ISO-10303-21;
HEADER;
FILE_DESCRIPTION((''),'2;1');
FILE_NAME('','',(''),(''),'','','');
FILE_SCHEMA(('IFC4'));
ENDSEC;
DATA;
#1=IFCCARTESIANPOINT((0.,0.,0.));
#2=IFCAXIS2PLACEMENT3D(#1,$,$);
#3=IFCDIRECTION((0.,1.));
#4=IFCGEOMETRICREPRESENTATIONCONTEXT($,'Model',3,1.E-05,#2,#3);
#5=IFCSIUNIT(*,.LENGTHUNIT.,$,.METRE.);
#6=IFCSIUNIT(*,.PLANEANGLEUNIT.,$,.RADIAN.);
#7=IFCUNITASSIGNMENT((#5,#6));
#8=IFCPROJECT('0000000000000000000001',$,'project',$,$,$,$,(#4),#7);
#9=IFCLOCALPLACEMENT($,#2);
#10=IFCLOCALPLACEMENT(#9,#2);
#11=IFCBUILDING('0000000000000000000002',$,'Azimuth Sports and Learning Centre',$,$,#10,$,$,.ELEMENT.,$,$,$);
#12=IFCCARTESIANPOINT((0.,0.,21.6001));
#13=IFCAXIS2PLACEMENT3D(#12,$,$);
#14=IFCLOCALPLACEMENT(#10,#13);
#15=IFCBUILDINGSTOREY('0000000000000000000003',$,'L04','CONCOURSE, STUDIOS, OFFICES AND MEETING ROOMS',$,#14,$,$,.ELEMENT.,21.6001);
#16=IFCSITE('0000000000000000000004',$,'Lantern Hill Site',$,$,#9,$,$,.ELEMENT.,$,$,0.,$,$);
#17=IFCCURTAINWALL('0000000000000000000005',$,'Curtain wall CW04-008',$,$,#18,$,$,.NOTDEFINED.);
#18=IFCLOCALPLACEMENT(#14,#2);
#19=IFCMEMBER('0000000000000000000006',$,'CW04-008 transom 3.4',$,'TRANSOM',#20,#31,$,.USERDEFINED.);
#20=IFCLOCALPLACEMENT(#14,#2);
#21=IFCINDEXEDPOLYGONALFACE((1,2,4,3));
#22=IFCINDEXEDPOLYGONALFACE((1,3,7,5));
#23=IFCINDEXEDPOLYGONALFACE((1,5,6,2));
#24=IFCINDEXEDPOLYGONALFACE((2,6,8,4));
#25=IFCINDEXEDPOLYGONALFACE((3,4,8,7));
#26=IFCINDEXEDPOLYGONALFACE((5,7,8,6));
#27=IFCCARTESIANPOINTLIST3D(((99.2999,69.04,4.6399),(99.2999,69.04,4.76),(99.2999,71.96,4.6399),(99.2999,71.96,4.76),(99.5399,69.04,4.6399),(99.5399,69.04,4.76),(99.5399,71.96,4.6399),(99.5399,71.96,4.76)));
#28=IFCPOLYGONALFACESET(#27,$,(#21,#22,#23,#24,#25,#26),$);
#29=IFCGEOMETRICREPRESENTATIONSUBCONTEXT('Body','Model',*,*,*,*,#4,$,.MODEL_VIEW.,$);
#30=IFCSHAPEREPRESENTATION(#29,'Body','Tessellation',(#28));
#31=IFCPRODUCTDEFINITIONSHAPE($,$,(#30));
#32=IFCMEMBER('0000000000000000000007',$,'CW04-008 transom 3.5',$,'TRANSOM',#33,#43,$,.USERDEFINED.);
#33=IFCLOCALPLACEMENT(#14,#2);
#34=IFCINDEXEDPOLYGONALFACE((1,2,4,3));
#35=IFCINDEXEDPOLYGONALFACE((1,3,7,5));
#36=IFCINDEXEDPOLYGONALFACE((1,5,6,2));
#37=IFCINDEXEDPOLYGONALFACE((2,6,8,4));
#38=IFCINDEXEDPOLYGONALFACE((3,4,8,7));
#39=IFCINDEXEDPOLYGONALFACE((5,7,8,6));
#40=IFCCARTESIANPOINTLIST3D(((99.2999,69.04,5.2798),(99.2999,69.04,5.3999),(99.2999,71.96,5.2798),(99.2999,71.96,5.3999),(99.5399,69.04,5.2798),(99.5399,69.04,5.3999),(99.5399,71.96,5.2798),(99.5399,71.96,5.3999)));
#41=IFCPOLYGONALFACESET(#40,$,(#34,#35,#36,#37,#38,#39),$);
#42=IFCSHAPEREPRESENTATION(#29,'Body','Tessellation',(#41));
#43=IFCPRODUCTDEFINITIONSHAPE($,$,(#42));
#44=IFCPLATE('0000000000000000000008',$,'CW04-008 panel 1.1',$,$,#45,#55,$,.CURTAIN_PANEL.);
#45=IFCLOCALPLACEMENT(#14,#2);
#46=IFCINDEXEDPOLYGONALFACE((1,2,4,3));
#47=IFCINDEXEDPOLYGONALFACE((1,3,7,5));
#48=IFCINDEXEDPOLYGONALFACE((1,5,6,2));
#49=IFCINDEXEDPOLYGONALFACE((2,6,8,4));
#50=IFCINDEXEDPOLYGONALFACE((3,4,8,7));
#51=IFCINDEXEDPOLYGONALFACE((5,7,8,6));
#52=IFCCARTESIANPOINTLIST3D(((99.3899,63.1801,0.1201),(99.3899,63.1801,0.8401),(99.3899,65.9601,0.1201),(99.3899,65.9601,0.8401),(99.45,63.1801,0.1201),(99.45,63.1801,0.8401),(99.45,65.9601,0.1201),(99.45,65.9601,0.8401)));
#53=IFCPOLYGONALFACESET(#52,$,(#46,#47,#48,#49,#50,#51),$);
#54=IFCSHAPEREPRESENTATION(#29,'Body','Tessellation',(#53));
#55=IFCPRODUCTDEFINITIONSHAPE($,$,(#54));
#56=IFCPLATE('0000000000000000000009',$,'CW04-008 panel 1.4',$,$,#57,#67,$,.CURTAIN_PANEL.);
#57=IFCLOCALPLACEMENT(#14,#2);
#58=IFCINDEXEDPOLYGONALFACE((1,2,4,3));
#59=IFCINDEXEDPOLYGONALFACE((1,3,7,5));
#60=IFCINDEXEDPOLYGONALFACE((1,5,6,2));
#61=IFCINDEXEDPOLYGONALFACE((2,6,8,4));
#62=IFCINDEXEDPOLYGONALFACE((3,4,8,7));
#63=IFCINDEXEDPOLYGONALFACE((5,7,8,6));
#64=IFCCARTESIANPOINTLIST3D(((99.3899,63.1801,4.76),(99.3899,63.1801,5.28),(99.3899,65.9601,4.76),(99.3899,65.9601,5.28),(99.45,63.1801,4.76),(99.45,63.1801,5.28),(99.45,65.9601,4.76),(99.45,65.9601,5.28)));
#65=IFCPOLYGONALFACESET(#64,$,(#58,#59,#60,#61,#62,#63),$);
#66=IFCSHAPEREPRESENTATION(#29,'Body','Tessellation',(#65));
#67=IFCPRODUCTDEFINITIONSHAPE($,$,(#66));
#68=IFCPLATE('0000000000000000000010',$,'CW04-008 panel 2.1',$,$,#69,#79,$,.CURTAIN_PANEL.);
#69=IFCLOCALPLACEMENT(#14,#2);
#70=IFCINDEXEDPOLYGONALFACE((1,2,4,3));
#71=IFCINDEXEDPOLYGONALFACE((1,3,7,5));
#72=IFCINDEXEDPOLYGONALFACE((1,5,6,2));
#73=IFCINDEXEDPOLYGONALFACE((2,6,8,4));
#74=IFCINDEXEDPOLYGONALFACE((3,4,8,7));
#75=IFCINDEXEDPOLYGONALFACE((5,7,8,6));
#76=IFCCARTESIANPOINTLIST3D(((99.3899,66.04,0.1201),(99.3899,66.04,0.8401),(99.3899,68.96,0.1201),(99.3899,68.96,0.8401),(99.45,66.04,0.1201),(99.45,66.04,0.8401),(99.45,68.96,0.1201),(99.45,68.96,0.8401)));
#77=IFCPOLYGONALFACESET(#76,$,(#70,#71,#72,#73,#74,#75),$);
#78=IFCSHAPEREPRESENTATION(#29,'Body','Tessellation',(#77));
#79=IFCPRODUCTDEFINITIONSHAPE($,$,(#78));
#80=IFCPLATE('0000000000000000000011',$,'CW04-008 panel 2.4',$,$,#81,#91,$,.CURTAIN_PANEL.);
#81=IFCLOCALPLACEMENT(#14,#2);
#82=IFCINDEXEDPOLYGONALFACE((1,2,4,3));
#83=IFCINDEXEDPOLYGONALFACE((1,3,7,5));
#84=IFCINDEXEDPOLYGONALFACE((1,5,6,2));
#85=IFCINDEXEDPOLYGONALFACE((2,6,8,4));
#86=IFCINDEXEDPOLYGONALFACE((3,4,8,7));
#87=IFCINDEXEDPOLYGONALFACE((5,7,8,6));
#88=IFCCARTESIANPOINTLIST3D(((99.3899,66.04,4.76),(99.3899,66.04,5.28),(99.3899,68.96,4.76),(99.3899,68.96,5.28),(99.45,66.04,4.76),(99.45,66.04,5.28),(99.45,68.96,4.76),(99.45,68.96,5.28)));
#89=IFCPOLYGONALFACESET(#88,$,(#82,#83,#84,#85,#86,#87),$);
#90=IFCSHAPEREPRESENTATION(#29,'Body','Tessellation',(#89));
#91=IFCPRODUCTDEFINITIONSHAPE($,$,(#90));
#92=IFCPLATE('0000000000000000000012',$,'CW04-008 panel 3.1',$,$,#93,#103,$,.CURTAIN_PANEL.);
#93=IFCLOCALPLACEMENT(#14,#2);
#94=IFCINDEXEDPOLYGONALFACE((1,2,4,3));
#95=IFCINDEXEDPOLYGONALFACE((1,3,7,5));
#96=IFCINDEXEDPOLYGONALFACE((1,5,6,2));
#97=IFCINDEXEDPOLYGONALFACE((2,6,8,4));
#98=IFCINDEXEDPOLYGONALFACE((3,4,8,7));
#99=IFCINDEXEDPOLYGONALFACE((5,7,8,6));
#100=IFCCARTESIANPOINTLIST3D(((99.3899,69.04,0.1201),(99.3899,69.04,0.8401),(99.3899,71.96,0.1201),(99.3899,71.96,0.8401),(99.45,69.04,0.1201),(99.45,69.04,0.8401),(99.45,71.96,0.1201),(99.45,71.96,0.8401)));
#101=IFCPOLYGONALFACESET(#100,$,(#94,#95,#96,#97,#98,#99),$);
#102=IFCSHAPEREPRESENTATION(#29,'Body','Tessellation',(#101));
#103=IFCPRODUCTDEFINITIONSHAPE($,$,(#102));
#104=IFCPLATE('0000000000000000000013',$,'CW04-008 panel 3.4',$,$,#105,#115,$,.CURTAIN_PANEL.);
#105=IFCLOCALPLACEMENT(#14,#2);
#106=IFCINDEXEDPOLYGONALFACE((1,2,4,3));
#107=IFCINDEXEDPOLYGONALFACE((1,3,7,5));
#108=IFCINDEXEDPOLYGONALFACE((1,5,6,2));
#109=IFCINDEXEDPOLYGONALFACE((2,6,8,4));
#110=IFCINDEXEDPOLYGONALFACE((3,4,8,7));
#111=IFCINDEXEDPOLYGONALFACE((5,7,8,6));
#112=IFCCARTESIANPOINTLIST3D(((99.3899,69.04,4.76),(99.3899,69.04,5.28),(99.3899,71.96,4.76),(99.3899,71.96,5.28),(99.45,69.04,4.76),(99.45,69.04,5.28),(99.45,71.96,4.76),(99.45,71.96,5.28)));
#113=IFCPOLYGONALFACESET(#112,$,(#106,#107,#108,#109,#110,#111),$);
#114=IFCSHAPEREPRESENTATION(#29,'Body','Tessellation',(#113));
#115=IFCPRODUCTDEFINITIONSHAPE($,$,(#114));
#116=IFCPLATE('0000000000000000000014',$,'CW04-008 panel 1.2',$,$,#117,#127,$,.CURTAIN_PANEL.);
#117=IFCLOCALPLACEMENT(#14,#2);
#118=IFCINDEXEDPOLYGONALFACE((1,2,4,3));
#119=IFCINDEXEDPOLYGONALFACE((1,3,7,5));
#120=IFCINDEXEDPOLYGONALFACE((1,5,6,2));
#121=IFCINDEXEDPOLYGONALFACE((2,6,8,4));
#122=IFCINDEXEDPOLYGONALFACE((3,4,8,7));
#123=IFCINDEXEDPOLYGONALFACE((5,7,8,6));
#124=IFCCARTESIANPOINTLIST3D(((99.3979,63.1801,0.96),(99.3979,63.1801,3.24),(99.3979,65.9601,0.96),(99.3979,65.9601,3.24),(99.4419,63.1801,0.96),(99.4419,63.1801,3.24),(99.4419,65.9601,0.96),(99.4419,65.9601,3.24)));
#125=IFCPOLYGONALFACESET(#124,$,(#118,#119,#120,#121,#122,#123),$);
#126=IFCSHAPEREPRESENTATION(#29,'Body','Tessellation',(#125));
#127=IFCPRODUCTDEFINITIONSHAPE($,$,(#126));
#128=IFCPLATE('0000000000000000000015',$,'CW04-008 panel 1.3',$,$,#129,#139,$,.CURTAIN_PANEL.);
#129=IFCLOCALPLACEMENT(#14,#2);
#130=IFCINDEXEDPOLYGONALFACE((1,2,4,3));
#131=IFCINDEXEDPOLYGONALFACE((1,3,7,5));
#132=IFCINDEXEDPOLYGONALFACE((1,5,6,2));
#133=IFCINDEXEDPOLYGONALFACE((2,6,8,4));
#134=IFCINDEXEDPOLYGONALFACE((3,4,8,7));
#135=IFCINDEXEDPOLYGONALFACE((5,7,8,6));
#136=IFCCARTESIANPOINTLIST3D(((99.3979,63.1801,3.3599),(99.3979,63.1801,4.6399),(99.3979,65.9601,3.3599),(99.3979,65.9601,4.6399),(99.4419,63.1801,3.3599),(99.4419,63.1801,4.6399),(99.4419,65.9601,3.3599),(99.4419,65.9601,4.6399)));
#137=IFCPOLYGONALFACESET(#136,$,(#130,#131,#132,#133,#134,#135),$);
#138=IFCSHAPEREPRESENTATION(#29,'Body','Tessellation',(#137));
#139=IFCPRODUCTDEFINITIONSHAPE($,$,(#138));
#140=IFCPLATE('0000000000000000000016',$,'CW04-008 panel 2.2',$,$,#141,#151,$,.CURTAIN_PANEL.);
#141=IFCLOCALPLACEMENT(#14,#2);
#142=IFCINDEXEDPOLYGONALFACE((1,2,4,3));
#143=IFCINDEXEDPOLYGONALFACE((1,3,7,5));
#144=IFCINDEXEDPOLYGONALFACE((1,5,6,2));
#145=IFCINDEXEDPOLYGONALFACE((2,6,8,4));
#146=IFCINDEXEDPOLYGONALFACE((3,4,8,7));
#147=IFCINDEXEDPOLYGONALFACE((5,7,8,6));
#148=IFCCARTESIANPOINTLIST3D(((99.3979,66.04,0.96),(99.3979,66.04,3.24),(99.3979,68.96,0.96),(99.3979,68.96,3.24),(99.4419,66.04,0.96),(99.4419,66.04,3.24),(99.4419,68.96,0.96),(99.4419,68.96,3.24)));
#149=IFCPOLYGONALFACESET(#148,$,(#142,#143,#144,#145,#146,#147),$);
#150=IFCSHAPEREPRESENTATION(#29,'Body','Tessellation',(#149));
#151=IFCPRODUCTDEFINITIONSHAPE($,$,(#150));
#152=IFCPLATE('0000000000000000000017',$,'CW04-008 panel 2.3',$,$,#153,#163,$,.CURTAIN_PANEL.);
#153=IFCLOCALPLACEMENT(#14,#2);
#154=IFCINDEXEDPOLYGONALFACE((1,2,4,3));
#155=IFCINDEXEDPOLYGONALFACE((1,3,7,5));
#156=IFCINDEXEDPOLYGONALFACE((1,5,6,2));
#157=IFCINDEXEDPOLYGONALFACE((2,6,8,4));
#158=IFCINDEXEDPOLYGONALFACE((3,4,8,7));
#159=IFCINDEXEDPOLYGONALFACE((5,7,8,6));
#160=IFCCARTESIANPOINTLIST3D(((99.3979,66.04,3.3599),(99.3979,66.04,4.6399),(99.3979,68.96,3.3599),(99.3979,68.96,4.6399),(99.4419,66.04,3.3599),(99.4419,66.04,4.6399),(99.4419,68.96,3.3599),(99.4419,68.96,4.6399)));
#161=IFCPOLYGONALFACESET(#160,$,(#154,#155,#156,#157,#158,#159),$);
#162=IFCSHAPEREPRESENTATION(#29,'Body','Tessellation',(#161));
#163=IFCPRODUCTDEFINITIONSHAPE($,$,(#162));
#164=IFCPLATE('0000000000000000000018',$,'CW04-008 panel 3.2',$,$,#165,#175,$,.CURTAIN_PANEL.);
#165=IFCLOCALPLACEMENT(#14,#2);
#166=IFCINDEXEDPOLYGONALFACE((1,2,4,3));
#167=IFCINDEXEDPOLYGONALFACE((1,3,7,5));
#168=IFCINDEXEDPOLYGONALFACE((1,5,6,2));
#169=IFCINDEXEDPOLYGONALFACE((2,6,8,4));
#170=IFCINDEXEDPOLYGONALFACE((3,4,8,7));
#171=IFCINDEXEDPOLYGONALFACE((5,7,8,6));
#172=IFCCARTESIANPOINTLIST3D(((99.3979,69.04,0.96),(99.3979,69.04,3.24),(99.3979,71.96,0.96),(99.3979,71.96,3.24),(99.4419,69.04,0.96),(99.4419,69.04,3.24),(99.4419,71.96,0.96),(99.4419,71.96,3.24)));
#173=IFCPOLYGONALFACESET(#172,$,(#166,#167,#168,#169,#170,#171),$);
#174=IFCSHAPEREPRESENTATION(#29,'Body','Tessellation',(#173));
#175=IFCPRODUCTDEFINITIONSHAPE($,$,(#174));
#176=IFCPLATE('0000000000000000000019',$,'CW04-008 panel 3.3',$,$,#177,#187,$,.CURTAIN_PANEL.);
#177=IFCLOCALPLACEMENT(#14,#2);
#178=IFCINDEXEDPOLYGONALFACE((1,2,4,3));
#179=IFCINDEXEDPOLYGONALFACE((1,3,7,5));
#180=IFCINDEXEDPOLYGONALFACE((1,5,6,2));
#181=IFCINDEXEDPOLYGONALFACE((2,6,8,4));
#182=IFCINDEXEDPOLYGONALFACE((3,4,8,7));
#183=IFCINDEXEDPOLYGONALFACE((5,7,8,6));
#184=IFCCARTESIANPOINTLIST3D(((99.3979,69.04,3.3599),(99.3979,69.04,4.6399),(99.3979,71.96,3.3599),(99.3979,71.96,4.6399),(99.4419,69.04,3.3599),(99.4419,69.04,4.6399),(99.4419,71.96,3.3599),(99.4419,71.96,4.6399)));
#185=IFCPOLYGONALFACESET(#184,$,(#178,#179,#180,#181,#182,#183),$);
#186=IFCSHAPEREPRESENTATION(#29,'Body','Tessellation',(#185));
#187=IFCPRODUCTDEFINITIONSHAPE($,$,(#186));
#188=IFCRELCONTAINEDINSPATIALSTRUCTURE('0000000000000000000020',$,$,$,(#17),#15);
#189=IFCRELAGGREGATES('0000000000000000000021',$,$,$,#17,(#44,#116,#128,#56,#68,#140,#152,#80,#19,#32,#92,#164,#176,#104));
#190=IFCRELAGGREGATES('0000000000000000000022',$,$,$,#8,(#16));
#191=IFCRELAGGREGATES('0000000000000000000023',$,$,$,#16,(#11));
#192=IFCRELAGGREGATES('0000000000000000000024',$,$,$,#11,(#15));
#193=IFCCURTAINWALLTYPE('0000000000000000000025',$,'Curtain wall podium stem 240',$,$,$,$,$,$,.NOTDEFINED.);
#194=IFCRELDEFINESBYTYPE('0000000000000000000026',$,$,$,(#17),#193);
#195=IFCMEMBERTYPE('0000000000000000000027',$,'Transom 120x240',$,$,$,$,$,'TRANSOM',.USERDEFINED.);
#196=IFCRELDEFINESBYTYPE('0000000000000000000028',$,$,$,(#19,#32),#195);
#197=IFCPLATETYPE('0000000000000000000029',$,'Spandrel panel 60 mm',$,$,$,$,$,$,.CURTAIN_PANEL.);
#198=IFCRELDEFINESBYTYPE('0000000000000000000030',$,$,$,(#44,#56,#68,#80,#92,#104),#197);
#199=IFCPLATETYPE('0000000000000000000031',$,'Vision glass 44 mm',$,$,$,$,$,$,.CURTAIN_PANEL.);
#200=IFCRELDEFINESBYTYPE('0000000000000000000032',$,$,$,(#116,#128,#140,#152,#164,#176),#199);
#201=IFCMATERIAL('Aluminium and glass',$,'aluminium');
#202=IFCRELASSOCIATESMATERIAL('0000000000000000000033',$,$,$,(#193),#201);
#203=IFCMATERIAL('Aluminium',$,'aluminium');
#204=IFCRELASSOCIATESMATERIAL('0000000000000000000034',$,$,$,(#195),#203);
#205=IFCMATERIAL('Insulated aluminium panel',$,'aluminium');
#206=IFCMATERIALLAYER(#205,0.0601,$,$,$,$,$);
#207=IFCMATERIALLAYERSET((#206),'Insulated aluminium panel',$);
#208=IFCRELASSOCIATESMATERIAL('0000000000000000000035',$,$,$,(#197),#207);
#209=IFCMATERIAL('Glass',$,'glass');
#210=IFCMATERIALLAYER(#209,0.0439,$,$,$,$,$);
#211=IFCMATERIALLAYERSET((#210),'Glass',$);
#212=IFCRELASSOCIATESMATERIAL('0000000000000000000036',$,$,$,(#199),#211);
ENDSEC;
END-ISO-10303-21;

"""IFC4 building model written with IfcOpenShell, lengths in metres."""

from ifc_helpers import new_model, si_unit, direction, frame, origin, origin_2d, place, context, subcontext, project, spatial, rectangle, extrude, material, layer, layer_set, material_profile, profile_set, type_object, element, aggregate, save


model = new_model("IFC4")

# Units and contexts
model_context = context("Model", 3, precision=1e-05, world=origin(), true_north=direction((0.0, 1.0)))
body_context = subcontext(model_context, "Body", "Model", "MODEL_VIEW")
ifc_project = project(units=[si_unit("LENGTHUNIT", "METRE"), si_unit("PLANEANGLEUNIT", "RADIAN")], contexts=[model_context])

# Site, building, storey
site_placement = place(None, origin())
site = spatial("IfcSite", under=ifc_project, at=site_placement, Name="Lantern Hill Site", CompositionType="ELEMENT", RefElevation=0.0)
building_placement = place(site_placement, origin())
building = spatial("IfcBuilding", under=site, at=building_placement, Name="Azimuth Sports and Learning Centre", CompositionType="ELEMENT")
storey_placement = place(building_placement, frame((0.0, 0.0, 21.6001)))
storey = spatial("IfcBuildingStorey", under=building, at=storey_placement, Name="L04", Description="CONCOURSE, STUDIOS, OFFICES AND MEETING ROOMS", CompositionType="ELEMENT", Elevation=21.6001)

# Curtain wall, members, plates
ifc_material_1 = material(Name="Aluminium and glass", Category="aluminium")
curtain_wall_type = type_object("IfcCurtainWallType", Name="Curtain wall podium stem 240", PredefinedType="NOTDEFINED", material=ifc_material_1)
curtain_wall_placement = place(storey_placement, origin())
curtain_wall = element("IfcCurtainWall", 1, at=curtain_wall_placement, inside=storey, type_object=curtain_wall_type, Name="Curtain wall CW04-008", PredefinedType="NOTDEFINED")
ifc_material_2 = material(Name="Aluminium", Category="aluminium")
ifc_material_profile_1 = material_profile(ifc_material_2, rectangle(XDim=0.24, YDim=0.1201, at=origin_2d()), Name="Transom 120x240")
ifc_profile_set_1 = profile_set([ifc_material_profile_1], Name="Aluminium")
member_type_1 = type_object("IfcMemberType", Name="Transom 120x240", ElementType="TRANSOM", PredefinedType="USERDEFINED", material=ifc_profile_set_1)
member_1_placement = place(storey_placement, frame((99.4199, 69.04, 4.7), z_axis=(0.0, 1.0, 0.0), x_axis=(-1.0, 0.0, 0.0)))
member_1 = element("IfcMember", 2, at=member_1_placement, type_object=member_type_1, Name="CW04-008 transom 3.4", ObjectType="TRANSOM", PredefinedType="USERDEFINED", context=body_context, shape_type="SweptSolid", body=[
    extrude(rectangle(XDim=0.24, YDim=0.1201, at=origin_2d()), origin(), (0.0, 0.0, 1.0), 2.9199),
])
member_2_placement = place(storey_placement, frame((99.4199, 69.04, 5.3398), z_axis=(0.0, 1.0, 0.0), x_axis=(-1.0, 0.0, 0.0)))
member_2 = element("IfcMember", 3, at=member_2_placement, type_object=member_type_1, Name="CW04-008 transom 3.5", ObjectType="TRANSOM", PredefinedType="USERDEFINED", context=body_context, shape_type="SweptSolid", body=[
    extrude(rectangle(XDim=0.24, YDim=0.1201, at=origin_2d()), origin(), (0.0, 0.0, 1.0), 2.9199),
])
ifc_material_3 = material(Name="Insulated aluminium panel", Category="aluminium")
ifc_layer_1 = layer(ifc_material_3, 0.0601)
ifc_layer_set_1 = layer_set([ifc_layer_1], Name="Insulated aluminium panel")
plate_type_1 = type_object("IfcPlateType", Name="Spandrel panel 60 mm", PredefinedType="CURTAIN_PANEL", material=ifc_layer_set_1)
plate_1_placement = place(storey_placement, frame((99.4199, 64.5701, 0.1201), z_axis=(0.0, 0.0, 1.0), x_axis=(0.0, 1.0, 0.0)))
plate_1 = element("IfcPlate", 4, at=plate_1_placement, type_object=plate_type_1, Name="CW04-008 panel 1.1", PredefinedType="CURTAIN_PANEL", context=body_context, shape_type="SweptSolid", body=[
    extrude(rectangle(XDim=2.78, YDim=0.0601, at=origin_2d()), origin(), (0.0, 0.0, 1.0), 0.72),
])
plate_2_placement = place(storey_placement, frame((99.4199, 64.5701, 4.76), z_axis=(0.0, 0.0, 1.0), x_axis=(0.0, 1.0, 0.0)))
plate_2 = element("IfcPlate", 5, at=plate_2_placement, type_object=plate_type_1, Name="CW04-008 panel 1.4", PredefinedType="CURTAIN_PANEL", context=body_context, shape_type="SweptSolid", body=[
    extrude(rectangle(XDim=2.78, YDim=0.0601, at=origin_2d()), origin(), (0.0, 0.0, 1.0), 0.52),
])
plate_3_placement = place(storey_placement, frame((99.4199, 67.5, 0.1201), z_axis=(0.0, 0.0, 1.0), x_axis=(0.0, 1.0, 0.0)))
plate_3 = element("IfcPlate", 6, at=plate_3_placement, type_object=plate_type_1, Name="CW04-008 panel 2.1", PredefinedType="CURTAIN_PANEL", context=body_context, shape_type="SweptSolid", body=[
    extrude(rectangle(XDim=2.9199, YDim=0.0601, at=origin_2d()), origin(), (0.0, 0.0, 1.0), 0.72),
])
plate_4_placement = place(storey_placement, frame((99.4199, 67.5, 4.76), z_axis=(0.0, 0.0, 1.0), x_axis=(0.0, 1.0, 0.0)))
plate_4 = element("IfcPlate", 7, at=plate_4_placement, type_object=plate_type_1, Name="CW04-008 panel 2.4", PredefinedType="CURTAIN_PANEL", context=body_context, shape_type="SweptSolid", body=[
    extrude(rectangle(XDim=2.9199, YDim=0.0601, at=origin_2d()), origin(), (0.0, 0.0, 1.0), 0.52),
])
plate_5_placement = place(storey_placement, frame((99.4199, 70.5, 0.1201), z_axis=(0.0, 0.0, 1.0), x_axis=(0.0, 1.0, 0.0)))
plate_5 = element("IfcPlate", 8, at=plate_5_placement, type_object=plate_type_1, Name="CW04-008 panel 3.1", PredefinedType="CURTAIN_PANEL", context=body_context, shape_type="SweptSolid", body=[
    extrude(rectangle(XDim=2.9199, YDim=0.0601, at=origin_2d()), origin(), (0.0, 0.0, 1.0), 0.72),
])
plate_6_placement = place(storey_placement, frame((99.4199, 70.5, 4.76), z_axis=(0.0, 0.0, 1.0), x_axis=(0.0, 1.0, 0.0)))
plate_6 = element("IfcPlate", 9, at=plate_6_placement, type_object=plate_type_1, Name="CW04-008 panel 3.4", PredefinedType="CURTAIN_PANEL", context=body_context, shape_type="SweptSolid", body=[
    extrude(rectangle(XDim=2.9199, YDim=0.0601, at=origin_2d()), origin(), (0.0, 0.0, 1.0), 0.52),
])
ifc_material_4 = material(Name="Glass", Category="glass")
ifc_layer_2 = layer(ifc_material_4, 0.0439)
ifc_layer_set_2 = layer_set([ifc_layer_2], Name="Glass")
plate_type_2 = type_object("IfcPlateType", Name="Vision glass 44 mm", PredefinedType="CURTAIN_PANEL", material=ifc_layer_set_2)
plate_7_placement = place(storey_placement, frame((99.4199, 64.5701, 0.96), z_axis=(0.0, 0.0, 1.0), x_axis=(0.0, 1.0, 0.0)))
plate_7 = element("IfcPlate", 10, at=plate_7_placement, type_object=plate_type_2, Name="CW04-008 panel 1.2", PredefinedType="CURTAIN_PANEL", context=body_context, shape_type="SweptSolid", body=[
    extrude(rectangle(XDim=2.78, YDim=0.0439, at=origin_2d()), origin(), (0.0, 0.0, 1.0), 2.28),
])
plate_8_placement = place(storey_placement, frame((99.4199, 64.5701, 3.3599), z_axis=(0.0, 0.0, 1.0), x_axis=(0.0, 1.0, 0.0)))
plate_8 = element("IfcPlate", 11, at=plate_8_placement, type_object=plate_type_2, Name="CW04-008 panel 1.3", PredefinedType="CURTAIN_PANEL", context=body_context, shape_type="SweptSolid", body=[
    extrude(rectangle(XDim=2.78, YDim=0.0439, at=origin_2d()), origin(), (0.0, 0.0, 1.0), 1.28),
])
plate_9_placement = place(storey_placement, frame((99.4199, 67.5, 0.96), z_axis=(0.0, 0.0, 1.0), x_axis=(0.0, 1.0, 0.0)))
plate_9 = element("IfcPlate", 12, at=plate_9_placement, type_object=plate_type_2, Name="CW04-008 panel 2.2", PredefinedType="CURTAIN_PANEL", context=body_context, shape_type="SweptSolid", body=[
    extrude(rectangle(XDim=2.9199, YDim=0.0439, at=origin_2d()), origin(), (0.0, 0.0, 1.0), 2.28),
])
plate_10_placement = place(storey_placement, frame((99.4199, 67.5, 3.3599), z_axis=(0.0, 0.0, 1.0), x_axis=(0.0, 1.0, 0.0)))
plate_10 = element("IfcPlate", 13, at=plate_10_placement, type_object=plate_type_2, Name="CW04-008 panel 2.3", PredefinedType="CURTAIN_PANEL", context=body_context, shape_type="SweptSolid", body=[
    extrude(rectangle(XDim=2.9199, YDim=0.0439, at=origin_2d()), origin(), (0.0, 0.0, 1.0), 1.28),
])
plate_11_placement = place(storey_placement, frame((99.4199, 70.5, 0.96), z_axis=(0.0, 0.0, 1.0), x_axis=(0.0, 1.0, 0.0)))
plate_11 = element("IfcPlate", 14, at=plate_11_placement, type_object=plate_type_2, Name="CW04-008 panel 3.2", PredefinedType="CURTAIN_PANEL", context=body_context, shape_type="SweptSolid", body=[
    extrude(rectangle(XDim=2.9199, YDim=0.0439, at=origin_2d()), origin(), (0.0, 0.0, 1.0), 2.28),
])
plate_12_placement = place(storey_placement, frame((99.4199, 70.5, 3.3599), z_axis=(0.0, 0.0, 1.0), x_axis=(0.0, 1.0, 0.0)))
plate_12 = element("IfcPlate", 15, at=plate_12_placement, type_object=plate_type_2, Name="CW04-008 panel 3.3", PredefinedType="CURTAIN_PANEL", context=body_context, shape_type="SweptSolid", body=[
    extrude(rectangle(XDim=2.9199, YDim=0.0439, at=origin_2d()), origin(), (0.0, 0.0, 1.0), 1.28),
])
aggregate(curtain_wall, [plate_1, plate_7, plate_8, plate_2, plate_3, plate_9, plate_10, plate_4, member_1, member_2, plate_5, plate_11, plate_12, plate_6])

save(model, "model.ifc")
